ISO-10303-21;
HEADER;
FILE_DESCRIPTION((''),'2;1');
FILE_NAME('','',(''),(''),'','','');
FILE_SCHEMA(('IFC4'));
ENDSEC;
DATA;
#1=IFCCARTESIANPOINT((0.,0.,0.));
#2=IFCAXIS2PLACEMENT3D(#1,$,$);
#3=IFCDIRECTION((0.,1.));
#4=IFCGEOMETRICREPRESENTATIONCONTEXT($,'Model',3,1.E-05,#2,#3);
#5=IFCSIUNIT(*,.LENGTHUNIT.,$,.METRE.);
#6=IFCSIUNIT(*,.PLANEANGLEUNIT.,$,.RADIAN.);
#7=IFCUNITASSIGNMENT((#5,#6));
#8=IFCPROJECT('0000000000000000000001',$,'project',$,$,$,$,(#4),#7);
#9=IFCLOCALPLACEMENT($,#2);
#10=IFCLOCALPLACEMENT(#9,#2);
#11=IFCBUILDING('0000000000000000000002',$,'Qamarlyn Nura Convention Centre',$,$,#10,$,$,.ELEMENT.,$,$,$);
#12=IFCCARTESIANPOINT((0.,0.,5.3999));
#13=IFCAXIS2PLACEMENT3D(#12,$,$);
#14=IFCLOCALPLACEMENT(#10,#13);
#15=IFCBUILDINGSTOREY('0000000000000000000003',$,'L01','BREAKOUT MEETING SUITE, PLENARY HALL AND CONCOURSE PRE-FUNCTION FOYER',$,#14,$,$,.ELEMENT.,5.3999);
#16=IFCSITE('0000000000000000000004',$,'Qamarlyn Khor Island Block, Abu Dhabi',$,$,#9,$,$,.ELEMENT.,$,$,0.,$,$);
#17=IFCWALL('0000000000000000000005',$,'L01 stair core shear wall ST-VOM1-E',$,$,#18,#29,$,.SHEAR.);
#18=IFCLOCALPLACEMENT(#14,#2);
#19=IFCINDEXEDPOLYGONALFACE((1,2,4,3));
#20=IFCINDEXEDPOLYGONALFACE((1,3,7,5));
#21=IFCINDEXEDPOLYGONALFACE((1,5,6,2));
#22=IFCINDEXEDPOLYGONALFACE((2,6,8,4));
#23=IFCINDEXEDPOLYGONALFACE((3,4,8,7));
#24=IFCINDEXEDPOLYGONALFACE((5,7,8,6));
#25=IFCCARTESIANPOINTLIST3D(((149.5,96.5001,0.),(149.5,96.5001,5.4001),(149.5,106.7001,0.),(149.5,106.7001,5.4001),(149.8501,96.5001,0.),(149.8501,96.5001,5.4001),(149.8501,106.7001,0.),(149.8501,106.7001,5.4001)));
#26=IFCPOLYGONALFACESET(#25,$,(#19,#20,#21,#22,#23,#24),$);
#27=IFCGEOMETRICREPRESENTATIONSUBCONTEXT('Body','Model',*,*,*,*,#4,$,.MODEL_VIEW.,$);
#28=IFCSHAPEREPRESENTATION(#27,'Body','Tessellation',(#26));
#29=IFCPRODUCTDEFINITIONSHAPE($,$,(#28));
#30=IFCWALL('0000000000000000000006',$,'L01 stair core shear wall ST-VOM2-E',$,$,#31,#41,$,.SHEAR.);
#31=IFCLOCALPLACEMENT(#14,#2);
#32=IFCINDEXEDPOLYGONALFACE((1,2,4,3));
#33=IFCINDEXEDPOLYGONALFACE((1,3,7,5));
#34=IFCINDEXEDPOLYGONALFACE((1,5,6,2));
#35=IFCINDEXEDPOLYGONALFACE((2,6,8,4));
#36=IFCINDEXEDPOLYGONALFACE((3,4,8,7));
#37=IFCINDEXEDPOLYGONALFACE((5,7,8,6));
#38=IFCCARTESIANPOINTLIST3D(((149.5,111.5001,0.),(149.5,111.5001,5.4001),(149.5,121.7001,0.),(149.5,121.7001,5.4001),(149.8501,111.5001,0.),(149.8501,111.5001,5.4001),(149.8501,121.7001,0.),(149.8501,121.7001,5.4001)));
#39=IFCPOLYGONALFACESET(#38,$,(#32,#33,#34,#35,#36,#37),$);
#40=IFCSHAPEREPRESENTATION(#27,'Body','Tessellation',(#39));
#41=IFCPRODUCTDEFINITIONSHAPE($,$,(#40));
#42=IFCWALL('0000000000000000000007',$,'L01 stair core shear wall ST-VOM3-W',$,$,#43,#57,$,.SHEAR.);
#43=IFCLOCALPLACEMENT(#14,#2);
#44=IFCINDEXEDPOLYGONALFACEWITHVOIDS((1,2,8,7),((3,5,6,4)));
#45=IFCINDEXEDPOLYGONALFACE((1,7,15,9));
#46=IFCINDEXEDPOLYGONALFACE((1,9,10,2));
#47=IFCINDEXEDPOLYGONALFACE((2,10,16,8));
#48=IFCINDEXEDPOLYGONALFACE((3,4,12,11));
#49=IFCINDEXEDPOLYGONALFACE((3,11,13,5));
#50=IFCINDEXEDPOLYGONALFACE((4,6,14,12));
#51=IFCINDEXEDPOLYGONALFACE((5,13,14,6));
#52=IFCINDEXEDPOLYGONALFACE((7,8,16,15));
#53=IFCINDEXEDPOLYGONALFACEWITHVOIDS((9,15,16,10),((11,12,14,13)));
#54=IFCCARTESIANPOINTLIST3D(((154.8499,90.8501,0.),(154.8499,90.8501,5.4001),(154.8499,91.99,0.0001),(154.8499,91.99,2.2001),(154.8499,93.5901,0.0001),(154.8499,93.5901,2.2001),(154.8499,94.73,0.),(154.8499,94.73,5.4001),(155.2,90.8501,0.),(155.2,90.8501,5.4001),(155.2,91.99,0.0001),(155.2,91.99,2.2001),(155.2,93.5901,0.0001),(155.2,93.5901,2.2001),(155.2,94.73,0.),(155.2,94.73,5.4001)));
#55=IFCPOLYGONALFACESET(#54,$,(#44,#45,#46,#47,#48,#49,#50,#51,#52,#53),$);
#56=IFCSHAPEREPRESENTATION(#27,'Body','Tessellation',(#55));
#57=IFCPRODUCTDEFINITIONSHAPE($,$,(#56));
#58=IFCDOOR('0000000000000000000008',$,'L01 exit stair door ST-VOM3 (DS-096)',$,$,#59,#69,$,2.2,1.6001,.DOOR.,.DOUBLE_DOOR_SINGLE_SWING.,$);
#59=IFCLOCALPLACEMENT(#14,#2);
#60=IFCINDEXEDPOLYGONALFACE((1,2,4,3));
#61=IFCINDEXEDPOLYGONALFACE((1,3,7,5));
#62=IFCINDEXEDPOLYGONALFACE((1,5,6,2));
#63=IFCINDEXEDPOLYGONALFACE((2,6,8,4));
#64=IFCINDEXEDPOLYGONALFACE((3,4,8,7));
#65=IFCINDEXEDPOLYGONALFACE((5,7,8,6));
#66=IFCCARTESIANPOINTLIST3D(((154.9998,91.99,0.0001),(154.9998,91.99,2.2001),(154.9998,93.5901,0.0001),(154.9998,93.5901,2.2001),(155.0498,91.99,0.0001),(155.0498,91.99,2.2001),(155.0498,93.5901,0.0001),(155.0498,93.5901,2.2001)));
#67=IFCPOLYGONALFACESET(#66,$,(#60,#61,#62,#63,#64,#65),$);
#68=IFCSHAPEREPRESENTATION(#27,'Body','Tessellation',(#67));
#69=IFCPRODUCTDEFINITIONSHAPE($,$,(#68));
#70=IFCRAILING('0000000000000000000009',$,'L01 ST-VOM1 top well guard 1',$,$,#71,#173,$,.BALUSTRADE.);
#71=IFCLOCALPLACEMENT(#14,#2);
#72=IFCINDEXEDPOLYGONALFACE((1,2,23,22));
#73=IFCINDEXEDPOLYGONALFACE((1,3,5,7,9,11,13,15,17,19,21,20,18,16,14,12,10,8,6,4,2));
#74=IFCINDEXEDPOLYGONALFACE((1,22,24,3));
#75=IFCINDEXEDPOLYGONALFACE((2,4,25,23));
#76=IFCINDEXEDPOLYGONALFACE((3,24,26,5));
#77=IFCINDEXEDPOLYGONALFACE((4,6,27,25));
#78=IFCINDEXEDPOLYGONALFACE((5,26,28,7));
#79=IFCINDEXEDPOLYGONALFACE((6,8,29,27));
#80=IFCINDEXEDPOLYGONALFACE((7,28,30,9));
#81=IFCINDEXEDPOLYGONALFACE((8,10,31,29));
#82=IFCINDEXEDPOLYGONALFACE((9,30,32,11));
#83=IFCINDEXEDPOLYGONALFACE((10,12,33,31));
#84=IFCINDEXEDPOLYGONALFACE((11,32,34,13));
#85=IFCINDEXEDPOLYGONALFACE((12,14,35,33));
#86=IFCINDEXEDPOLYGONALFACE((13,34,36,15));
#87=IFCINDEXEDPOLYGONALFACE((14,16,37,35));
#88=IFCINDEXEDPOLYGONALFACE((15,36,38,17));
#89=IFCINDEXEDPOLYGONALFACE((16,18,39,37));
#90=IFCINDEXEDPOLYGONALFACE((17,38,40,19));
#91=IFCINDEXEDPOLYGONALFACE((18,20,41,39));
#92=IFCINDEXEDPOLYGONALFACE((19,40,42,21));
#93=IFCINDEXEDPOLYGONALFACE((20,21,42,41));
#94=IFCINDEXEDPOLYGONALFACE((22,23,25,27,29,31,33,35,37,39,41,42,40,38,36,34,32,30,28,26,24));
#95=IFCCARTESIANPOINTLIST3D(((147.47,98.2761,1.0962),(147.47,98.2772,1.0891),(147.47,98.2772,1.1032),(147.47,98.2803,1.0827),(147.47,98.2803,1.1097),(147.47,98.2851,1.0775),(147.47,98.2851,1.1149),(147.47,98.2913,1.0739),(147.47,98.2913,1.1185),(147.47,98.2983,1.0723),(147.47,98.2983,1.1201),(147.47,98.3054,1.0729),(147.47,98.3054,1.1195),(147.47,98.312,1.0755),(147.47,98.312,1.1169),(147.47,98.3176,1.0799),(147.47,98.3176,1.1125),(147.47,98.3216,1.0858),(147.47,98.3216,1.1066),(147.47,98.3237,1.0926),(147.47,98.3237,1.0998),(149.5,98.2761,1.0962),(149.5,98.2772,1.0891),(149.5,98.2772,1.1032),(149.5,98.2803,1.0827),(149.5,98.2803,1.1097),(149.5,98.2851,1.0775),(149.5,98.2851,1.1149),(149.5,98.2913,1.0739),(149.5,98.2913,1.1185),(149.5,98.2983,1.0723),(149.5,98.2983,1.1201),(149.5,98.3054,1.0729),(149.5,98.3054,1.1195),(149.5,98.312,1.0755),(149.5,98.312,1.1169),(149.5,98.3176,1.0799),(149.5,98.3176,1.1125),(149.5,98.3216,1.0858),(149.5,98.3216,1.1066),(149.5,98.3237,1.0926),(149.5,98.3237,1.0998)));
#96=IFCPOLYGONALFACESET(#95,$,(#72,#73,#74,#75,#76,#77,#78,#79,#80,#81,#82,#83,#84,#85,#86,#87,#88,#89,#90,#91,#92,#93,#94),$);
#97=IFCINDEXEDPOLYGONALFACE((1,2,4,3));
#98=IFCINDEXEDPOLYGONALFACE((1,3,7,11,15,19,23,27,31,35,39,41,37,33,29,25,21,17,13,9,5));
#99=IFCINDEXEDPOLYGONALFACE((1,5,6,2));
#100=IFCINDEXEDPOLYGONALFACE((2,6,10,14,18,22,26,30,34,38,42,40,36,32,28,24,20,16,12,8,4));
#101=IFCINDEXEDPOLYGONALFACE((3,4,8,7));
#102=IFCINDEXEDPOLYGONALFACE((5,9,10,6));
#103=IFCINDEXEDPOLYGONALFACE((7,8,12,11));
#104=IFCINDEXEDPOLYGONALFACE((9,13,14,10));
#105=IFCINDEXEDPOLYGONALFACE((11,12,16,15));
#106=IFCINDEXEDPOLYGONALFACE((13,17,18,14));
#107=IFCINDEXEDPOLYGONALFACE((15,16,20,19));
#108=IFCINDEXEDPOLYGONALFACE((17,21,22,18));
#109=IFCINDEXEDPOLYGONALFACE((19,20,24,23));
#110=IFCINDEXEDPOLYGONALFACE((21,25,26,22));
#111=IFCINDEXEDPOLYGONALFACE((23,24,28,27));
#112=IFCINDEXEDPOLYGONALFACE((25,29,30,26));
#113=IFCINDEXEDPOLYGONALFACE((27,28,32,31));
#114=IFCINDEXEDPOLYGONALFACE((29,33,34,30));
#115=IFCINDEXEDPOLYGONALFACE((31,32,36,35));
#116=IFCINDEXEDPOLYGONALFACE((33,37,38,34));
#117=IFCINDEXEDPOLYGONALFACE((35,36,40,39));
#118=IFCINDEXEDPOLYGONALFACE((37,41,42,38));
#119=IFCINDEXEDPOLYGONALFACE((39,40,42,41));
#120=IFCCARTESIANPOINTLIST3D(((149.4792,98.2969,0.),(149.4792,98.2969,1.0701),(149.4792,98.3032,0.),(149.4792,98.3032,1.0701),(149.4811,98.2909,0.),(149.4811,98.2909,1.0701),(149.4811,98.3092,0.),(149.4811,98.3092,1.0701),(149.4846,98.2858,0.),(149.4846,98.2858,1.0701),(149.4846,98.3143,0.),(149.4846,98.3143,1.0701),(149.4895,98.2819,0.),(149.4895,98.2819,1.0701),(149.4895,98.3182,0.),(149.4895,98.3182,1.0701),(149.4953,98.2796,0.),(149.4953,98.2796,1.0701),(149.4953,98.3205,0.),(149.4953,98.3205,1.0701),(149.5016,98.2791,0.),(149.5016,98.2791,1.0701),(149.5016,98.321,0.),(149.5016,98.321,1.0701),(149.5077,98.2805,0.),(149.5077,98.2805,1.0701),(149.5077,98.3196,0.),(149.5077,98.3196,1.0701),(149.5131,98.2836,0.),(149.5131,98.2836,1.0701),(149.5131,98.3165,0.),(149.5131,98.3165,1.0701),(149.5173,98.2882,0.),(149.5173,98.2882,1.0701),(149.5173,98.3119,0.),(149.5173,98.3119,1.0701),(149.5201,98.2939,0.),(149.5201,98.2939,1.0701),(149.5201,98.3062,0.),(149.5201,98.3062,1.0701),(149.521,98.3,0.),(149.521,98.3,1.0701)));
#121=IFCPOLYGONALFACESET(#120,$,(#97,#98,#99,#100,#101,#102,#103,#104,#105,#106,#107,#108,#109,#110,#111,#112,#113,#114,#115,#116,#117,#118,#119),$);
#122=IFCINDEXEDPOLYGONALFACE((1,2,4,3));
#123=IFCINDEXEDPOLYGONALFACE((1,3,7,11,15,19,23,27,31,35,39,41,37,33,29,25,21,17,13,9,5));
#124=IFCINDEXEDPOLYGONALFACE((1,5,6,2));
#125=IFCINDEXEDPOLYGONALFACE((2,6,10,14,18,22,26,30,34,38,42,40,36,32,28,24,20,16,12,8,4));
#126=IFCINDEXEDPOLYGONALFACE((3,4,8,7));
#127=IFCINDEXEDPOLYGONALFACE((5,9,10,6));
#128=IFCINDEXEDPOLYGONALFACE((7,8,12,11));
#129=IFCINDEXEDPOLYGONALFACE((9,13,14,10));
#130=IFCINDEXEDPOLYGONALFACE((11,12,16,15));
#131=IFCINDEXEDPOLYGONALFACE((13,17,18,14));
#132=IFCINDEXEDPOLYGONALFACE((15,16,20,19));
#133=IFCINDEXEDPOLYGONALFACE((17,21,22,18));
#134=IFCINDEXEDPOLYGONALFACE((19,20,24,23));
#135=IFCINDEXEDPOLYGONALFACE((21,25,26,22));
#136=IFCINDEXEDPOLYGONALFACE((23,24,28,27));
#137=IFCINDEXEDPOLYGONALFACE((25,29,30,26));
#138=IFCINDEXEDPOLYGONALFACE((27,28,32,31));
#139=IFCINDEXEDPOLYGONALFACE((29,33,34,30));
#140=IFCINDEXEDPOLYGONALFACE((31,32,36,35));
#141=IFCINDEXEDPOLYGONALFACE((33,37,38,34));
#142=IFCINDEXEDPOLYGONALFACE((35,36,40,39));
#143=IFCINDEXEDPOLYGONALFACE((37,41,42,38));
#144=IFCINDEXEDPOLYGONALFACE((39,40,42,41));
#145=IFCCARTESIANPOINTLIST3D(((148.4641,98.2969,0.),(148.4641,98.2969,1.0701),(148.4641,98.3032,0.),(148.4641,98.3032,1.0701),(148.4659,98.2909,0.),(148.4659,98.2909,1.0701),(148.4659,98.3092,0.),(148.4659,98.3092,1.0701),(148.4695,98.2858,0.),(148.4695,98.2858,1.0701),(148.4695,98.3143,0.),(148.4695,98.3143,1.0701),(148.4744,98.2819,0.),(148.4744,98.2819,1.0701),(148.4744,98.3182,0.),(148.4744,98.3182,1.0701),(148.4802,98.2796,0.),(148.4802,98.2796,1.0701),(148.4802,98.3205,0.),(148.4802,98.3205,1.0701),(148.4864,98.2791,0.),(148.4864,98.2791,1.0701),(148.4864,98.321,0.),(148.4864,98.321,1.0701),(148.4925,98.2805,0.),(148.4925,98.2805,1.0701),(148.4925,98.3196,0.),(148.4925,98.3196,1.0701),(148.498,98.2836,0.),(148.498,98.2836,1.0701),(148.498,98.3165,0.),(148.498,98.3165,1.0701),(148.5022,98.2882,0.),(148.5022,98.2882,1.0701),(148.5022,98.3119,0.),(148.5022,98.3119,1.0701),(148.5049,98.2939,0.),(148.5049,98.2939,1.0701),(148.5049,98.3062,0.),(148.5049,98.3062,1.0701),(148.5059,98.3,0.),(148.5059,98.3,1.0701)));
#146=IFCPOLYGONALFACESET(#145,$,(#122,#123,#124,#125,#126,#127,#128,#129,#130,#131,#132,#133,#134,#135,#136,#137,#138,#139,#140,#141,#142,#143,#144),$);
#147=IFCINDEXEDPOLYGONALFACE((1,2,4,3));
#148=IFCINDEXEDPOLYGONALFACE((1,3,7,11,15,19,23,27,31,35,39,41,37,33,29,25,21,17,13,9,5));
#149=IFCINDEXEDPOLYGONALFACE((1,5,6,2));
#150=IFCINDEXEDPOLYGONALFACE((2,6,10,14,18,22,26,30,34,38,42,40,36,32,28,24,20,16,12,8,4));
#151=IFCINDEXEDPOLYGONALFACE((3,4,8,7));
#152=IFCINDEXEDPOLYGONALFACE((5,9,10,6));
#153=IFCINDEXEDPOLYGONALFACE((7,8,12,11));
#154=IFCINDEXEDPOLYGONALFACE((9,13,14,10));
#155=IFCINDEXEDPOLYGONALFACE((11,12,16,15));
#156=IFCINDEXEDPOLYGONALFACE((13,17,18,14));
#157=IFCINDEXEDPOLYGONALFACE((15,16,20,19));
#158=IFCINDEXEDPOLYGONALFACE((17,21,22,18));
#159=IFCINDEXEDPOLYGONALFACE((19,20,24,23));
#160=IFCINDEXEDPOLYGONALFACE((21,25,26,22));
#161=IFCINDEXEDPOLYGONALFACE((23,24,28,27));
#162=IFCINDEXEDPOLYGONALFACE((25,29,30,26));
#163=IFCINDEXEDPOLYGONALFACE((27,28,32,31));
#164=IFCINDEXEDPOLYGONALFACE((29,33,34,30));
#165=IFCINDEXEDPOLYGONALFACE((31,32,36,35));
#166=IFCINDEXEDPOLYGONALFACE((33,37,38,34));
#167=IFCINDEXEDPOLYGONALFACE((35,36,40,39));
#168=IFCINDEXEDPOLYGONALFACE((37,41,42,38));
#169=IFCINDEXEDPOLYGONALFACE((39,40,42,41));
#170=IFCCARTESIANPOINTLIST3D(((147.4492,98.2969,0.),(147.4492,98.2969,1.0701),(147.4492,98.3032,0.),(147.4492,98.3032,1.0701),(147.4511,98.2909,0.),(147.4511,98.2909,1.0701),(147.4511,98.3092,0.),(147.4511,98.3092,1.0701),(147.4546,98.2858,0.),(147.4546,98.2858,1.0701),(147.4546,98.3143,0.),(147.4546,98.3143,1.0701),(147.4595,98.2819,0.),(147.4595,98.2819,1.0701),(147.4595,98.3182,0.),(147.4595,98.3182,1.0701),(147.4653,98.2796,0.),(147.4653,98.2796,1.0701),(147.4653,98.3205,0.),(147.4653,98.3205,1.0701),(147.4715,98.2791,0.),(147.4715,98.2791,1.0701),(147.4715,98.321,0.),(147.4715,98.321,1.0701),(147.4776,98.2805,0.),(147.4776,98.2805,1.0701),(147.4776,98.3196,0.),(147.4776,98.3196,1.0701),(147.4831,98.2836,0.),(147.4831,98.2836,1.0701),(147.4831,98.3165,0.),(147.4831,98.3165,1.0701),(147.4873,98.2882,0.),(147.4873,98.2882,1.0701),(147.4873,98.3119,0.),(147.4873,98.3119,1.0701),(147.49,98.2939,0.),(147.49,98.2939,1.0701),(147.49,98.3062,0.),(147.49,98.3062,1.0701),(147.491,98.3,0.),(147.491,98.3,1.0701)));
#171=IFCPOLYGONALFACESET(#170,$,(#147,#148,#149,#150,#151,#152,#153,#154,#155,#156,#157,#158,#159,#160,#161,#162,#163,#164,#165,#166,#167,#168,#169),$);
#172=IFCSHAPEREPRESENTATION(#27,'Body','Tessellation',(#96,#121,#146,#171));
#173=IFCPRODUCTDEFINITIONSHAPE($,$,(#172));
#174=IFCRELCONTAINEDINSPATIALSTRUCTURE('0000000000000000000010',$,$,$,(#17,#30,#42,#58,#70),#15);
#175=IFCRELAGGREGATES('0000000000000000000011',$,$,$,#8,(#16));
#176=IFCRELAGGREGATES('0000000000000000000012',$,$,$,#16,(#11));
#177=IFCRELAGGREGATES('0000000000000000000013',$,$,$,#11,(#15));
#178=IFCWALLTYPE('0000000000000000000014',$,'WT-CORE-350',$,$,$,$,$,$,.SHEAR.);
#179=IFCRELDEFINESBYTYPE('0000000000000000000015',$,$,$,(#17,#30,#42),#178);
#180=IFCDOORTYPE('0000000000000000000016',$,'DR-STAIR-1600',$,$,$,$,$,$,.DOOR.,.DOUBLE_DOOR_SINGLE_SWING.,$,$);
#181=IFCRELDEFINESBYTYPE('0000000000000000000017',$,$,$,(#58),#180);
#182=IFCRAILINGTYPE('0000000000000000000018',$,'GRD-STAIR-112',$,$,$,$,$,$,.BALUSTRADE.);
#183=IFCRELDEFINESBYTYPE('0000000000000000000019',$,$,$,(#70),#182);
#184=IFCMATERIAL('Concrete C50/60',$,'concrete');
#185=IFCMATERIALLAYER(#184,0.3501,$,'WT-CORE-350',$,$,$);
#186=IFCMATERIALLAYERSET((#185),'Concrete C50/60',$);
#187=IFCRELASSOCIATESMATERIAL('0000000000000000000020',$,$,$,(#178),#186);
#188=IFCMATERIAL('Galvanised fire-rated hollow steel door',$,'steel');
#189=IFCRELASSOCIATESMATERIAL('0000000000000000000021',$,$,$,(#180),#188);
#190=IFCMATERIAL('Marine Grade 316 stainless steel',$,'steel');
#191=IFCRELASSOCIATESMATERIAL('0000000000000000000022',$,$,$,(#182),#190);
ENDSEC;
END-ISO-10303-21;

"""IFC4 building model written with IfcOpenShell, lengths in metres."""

from ifc_helpers import new_model, si_unit, direction, frame, frame_2d, origin, origin_2d, place, context, subcontext, project, spatial, rectangle, circle, extrude, material, layer, layer_set, type_object, element, fill, save


model = new_model("IFC4")

# Units and contexts
model_context = context("Model", 3, precision=1e-05, world=origin(), true_north=direction((0.0, 1.0)))
body_context = subcontext(model_context, "Body", "Model", "MODEL_VIEW")
ifc_project = project(units=[si_unit("LENGTHUNIT", "METRE"), si_unit("PLANEANGLEUNIT", "RADIAN")], contexts=[model_context])

# Site, building, storey
site_placement = place(None, origin())
site = spatial("IfcSite", under=ifc_project, at=site_placement, Name="Qamarlyn Khor Island Block, Abu Dhabi", CompositionType="ELEMENT", RefElevation=0.0)
building_placement = place(site_placement, origin())
building = spatial("IfcBuilding", under=site, at=building_placement, Name="Qamarlyn Nura Convention Centre", CompositionType="ELEMENT")
storey_placement = place(building_placement, frame((0.0, 0.0, 5.3999)))
storey = spatial("IfcBuildingStorey", under=building, at=storey_placement, Name="L01", Description="BREAKOUT MEETING SUITE, PLENARY HALL AND CONCOURSE PRE-FUNCTION FOYER", CompositionType="ELEMENT", Elevation=5.3999)

# Walls
ifc_material_1 = material(Name="Concrete C50/60", Category="concrete")
ifc_layer = layer(ifc_material_1, 0.3501, Name="WT-CORE-350")
ifc_layer_set = layer_set([ifc_layer], Name="Concrete C50/60")
wall_type = type_object("IfcWallType", Name="WT-CORE-350", PredefinedType="SHEAR", material=ifc_layer_set)
for number, where, z_axis, x_axis, name in (
    (1, (149.675, 96.5, 0.0), (0.0, 0.0, 1.0), (0.0, 1.0, 0.0), "L01 stair core shear wall ST-VOM1-E"),
    (2, (149.675, 111.5, 0.0), (0.0, 0.0, 1.0), (0.0, 1.0, 0.0), "L01 stair core shear wall ST-VOM2-E"),
):
    element("IfcWall", number, at=place(storey_placement, frame(where, z_axis=z_axis, x_axis=x_axis)), inside=storey, type_object=wall_type, Name=name, PredefinedType="SHEAR", context=body_context, shape_type="SweptSolid", body=[
        extrude(rectangle(XDim=10.2, YDim=0.3501, at=frame_2d((5.1001, 0.0))), origin(), (0.0, 0.0, 1.0), 5.4001),
    ])

# Wall, opening, door
wall_1_placement = place(storey_placement, frame((155.0249, 94.73, 0.0), z_axis=(0.0, 0.0, 1.0), x_axis=(0.0, -1.0, 0.0)))
wall_1 = element("IfcWall", 3, at=wall_1_placement, inside=storey, type_object=wall_type, Name="L01 stair core shear wall ST-VOM3-W", PredefinedType="SHEAR", context=body_context, shape_type="SweptSolid", body=[
    extrude(rectangle(XDim=3.8799, YDim=0.3501, at=frame_2d((1.9399, 0.0))), origin(), (0.0, 0.0, 1.0), 5.4001),
])
opening_placement = place(wall_1_placement, frame((1.1399, 0.0, 0.0)))
opening = element("IfcOpeningElement", 4, at=opening_placement, cuts=wall_1, PredefinedType="OPENING", context=body_context, shape_type="SweptSolid", body=[
    extrude(rectangle(XDim=1.6001, YDim=2.2, at=frame_2d((0.8, 1.1001))), frame((0.0, 0.1851, 0.0), z_axis=(0.0, -1.0, 0.0), x_axis=(1.0, 0.0, 0.0)), (0.0, 0.0, 1.0), 0.3701),
])
ifc_material_2 = material(Name="Galvanised fire-rated hollow steel door", Category="steel")
door_type = type_object("IfcDoorType", Name="DR-STAIR-1600", OperationType="DOUBLE_DOOR_SINGLE_SWING", PredefinedType="DOOR", material=ifc_material_2)
door_placement = place(opening_placement, origin())
door = element("IfcDoor", 5, at=door_placement, inside=storey, type_object=door_type, Name="L01 exit stair door ST-VOM3 (DS-096)", OperationType="DOUBLE_DOOR_SINGLE_SWING", OverallHeight=2.2, OverallWidth=1.6001, PredefinedType="DOOR", context=body_context, shape_type="SweptSolid", body=[
    extrude(rectangle(XDim=1.6001, YDim=2.2, at=frame_2d((0.8, 1.1001))), frame((0.0, 0.0249, 0.0), z_axis=(0.0, -1.0, 0.0), x_axis=(1.0, 0.0, 0.0)), (0.0, 0.0, 1.0), 0.05),
])
fill(opening, door)

# Railing
ifc_material_3 = material(Name="Marine Grade 316 stainless steel", Category="steel")
railing_type_1 = type_object("IfcRailingType", Name="GRD-STAIR-112", PredefinedType="BALUSTRADE", material=ifc_material_3)
railing_1_placement = place(storey_placement, frame((149.5, 98.3, 0.0)))
element("IfcRailing", 6, at=railing_1_placement, inside=storey, type_object=railing_type_1, Name="L01 ST-VOM1 top well guard 1", PredefinedType="BALUSTRADE", context=body_context, shape_type="SweptSolid", body=[
    extrude(circle(Radius=0.0239, at=origin_2d()), frame((0.0, 0.0, 1.0962), z_axis=(-1.0, 0.0, 0.0), x_axis=(0.0, -1.0, 0.0)), (0.0, 0.0, 1.0), 2.03),
    extrude(circle(Radius=0.021, at=origin_2d()), origin(), (0.0, 0.0, 1.0), 1.0701),
    extrude(circle(Radius=0.021, at=origin_2d()), frame((-1.0151, 0.0, 0.0)), (0.0, 0.0, 1.0), 1.0701),
    extrude(circle(Radius=0.021, at=origin_2d()), frame((-2.03, 0.0, 0.0)), (0.0, 0.0, 1.0), 1.0701),
])

save(model, "model.ifc")
